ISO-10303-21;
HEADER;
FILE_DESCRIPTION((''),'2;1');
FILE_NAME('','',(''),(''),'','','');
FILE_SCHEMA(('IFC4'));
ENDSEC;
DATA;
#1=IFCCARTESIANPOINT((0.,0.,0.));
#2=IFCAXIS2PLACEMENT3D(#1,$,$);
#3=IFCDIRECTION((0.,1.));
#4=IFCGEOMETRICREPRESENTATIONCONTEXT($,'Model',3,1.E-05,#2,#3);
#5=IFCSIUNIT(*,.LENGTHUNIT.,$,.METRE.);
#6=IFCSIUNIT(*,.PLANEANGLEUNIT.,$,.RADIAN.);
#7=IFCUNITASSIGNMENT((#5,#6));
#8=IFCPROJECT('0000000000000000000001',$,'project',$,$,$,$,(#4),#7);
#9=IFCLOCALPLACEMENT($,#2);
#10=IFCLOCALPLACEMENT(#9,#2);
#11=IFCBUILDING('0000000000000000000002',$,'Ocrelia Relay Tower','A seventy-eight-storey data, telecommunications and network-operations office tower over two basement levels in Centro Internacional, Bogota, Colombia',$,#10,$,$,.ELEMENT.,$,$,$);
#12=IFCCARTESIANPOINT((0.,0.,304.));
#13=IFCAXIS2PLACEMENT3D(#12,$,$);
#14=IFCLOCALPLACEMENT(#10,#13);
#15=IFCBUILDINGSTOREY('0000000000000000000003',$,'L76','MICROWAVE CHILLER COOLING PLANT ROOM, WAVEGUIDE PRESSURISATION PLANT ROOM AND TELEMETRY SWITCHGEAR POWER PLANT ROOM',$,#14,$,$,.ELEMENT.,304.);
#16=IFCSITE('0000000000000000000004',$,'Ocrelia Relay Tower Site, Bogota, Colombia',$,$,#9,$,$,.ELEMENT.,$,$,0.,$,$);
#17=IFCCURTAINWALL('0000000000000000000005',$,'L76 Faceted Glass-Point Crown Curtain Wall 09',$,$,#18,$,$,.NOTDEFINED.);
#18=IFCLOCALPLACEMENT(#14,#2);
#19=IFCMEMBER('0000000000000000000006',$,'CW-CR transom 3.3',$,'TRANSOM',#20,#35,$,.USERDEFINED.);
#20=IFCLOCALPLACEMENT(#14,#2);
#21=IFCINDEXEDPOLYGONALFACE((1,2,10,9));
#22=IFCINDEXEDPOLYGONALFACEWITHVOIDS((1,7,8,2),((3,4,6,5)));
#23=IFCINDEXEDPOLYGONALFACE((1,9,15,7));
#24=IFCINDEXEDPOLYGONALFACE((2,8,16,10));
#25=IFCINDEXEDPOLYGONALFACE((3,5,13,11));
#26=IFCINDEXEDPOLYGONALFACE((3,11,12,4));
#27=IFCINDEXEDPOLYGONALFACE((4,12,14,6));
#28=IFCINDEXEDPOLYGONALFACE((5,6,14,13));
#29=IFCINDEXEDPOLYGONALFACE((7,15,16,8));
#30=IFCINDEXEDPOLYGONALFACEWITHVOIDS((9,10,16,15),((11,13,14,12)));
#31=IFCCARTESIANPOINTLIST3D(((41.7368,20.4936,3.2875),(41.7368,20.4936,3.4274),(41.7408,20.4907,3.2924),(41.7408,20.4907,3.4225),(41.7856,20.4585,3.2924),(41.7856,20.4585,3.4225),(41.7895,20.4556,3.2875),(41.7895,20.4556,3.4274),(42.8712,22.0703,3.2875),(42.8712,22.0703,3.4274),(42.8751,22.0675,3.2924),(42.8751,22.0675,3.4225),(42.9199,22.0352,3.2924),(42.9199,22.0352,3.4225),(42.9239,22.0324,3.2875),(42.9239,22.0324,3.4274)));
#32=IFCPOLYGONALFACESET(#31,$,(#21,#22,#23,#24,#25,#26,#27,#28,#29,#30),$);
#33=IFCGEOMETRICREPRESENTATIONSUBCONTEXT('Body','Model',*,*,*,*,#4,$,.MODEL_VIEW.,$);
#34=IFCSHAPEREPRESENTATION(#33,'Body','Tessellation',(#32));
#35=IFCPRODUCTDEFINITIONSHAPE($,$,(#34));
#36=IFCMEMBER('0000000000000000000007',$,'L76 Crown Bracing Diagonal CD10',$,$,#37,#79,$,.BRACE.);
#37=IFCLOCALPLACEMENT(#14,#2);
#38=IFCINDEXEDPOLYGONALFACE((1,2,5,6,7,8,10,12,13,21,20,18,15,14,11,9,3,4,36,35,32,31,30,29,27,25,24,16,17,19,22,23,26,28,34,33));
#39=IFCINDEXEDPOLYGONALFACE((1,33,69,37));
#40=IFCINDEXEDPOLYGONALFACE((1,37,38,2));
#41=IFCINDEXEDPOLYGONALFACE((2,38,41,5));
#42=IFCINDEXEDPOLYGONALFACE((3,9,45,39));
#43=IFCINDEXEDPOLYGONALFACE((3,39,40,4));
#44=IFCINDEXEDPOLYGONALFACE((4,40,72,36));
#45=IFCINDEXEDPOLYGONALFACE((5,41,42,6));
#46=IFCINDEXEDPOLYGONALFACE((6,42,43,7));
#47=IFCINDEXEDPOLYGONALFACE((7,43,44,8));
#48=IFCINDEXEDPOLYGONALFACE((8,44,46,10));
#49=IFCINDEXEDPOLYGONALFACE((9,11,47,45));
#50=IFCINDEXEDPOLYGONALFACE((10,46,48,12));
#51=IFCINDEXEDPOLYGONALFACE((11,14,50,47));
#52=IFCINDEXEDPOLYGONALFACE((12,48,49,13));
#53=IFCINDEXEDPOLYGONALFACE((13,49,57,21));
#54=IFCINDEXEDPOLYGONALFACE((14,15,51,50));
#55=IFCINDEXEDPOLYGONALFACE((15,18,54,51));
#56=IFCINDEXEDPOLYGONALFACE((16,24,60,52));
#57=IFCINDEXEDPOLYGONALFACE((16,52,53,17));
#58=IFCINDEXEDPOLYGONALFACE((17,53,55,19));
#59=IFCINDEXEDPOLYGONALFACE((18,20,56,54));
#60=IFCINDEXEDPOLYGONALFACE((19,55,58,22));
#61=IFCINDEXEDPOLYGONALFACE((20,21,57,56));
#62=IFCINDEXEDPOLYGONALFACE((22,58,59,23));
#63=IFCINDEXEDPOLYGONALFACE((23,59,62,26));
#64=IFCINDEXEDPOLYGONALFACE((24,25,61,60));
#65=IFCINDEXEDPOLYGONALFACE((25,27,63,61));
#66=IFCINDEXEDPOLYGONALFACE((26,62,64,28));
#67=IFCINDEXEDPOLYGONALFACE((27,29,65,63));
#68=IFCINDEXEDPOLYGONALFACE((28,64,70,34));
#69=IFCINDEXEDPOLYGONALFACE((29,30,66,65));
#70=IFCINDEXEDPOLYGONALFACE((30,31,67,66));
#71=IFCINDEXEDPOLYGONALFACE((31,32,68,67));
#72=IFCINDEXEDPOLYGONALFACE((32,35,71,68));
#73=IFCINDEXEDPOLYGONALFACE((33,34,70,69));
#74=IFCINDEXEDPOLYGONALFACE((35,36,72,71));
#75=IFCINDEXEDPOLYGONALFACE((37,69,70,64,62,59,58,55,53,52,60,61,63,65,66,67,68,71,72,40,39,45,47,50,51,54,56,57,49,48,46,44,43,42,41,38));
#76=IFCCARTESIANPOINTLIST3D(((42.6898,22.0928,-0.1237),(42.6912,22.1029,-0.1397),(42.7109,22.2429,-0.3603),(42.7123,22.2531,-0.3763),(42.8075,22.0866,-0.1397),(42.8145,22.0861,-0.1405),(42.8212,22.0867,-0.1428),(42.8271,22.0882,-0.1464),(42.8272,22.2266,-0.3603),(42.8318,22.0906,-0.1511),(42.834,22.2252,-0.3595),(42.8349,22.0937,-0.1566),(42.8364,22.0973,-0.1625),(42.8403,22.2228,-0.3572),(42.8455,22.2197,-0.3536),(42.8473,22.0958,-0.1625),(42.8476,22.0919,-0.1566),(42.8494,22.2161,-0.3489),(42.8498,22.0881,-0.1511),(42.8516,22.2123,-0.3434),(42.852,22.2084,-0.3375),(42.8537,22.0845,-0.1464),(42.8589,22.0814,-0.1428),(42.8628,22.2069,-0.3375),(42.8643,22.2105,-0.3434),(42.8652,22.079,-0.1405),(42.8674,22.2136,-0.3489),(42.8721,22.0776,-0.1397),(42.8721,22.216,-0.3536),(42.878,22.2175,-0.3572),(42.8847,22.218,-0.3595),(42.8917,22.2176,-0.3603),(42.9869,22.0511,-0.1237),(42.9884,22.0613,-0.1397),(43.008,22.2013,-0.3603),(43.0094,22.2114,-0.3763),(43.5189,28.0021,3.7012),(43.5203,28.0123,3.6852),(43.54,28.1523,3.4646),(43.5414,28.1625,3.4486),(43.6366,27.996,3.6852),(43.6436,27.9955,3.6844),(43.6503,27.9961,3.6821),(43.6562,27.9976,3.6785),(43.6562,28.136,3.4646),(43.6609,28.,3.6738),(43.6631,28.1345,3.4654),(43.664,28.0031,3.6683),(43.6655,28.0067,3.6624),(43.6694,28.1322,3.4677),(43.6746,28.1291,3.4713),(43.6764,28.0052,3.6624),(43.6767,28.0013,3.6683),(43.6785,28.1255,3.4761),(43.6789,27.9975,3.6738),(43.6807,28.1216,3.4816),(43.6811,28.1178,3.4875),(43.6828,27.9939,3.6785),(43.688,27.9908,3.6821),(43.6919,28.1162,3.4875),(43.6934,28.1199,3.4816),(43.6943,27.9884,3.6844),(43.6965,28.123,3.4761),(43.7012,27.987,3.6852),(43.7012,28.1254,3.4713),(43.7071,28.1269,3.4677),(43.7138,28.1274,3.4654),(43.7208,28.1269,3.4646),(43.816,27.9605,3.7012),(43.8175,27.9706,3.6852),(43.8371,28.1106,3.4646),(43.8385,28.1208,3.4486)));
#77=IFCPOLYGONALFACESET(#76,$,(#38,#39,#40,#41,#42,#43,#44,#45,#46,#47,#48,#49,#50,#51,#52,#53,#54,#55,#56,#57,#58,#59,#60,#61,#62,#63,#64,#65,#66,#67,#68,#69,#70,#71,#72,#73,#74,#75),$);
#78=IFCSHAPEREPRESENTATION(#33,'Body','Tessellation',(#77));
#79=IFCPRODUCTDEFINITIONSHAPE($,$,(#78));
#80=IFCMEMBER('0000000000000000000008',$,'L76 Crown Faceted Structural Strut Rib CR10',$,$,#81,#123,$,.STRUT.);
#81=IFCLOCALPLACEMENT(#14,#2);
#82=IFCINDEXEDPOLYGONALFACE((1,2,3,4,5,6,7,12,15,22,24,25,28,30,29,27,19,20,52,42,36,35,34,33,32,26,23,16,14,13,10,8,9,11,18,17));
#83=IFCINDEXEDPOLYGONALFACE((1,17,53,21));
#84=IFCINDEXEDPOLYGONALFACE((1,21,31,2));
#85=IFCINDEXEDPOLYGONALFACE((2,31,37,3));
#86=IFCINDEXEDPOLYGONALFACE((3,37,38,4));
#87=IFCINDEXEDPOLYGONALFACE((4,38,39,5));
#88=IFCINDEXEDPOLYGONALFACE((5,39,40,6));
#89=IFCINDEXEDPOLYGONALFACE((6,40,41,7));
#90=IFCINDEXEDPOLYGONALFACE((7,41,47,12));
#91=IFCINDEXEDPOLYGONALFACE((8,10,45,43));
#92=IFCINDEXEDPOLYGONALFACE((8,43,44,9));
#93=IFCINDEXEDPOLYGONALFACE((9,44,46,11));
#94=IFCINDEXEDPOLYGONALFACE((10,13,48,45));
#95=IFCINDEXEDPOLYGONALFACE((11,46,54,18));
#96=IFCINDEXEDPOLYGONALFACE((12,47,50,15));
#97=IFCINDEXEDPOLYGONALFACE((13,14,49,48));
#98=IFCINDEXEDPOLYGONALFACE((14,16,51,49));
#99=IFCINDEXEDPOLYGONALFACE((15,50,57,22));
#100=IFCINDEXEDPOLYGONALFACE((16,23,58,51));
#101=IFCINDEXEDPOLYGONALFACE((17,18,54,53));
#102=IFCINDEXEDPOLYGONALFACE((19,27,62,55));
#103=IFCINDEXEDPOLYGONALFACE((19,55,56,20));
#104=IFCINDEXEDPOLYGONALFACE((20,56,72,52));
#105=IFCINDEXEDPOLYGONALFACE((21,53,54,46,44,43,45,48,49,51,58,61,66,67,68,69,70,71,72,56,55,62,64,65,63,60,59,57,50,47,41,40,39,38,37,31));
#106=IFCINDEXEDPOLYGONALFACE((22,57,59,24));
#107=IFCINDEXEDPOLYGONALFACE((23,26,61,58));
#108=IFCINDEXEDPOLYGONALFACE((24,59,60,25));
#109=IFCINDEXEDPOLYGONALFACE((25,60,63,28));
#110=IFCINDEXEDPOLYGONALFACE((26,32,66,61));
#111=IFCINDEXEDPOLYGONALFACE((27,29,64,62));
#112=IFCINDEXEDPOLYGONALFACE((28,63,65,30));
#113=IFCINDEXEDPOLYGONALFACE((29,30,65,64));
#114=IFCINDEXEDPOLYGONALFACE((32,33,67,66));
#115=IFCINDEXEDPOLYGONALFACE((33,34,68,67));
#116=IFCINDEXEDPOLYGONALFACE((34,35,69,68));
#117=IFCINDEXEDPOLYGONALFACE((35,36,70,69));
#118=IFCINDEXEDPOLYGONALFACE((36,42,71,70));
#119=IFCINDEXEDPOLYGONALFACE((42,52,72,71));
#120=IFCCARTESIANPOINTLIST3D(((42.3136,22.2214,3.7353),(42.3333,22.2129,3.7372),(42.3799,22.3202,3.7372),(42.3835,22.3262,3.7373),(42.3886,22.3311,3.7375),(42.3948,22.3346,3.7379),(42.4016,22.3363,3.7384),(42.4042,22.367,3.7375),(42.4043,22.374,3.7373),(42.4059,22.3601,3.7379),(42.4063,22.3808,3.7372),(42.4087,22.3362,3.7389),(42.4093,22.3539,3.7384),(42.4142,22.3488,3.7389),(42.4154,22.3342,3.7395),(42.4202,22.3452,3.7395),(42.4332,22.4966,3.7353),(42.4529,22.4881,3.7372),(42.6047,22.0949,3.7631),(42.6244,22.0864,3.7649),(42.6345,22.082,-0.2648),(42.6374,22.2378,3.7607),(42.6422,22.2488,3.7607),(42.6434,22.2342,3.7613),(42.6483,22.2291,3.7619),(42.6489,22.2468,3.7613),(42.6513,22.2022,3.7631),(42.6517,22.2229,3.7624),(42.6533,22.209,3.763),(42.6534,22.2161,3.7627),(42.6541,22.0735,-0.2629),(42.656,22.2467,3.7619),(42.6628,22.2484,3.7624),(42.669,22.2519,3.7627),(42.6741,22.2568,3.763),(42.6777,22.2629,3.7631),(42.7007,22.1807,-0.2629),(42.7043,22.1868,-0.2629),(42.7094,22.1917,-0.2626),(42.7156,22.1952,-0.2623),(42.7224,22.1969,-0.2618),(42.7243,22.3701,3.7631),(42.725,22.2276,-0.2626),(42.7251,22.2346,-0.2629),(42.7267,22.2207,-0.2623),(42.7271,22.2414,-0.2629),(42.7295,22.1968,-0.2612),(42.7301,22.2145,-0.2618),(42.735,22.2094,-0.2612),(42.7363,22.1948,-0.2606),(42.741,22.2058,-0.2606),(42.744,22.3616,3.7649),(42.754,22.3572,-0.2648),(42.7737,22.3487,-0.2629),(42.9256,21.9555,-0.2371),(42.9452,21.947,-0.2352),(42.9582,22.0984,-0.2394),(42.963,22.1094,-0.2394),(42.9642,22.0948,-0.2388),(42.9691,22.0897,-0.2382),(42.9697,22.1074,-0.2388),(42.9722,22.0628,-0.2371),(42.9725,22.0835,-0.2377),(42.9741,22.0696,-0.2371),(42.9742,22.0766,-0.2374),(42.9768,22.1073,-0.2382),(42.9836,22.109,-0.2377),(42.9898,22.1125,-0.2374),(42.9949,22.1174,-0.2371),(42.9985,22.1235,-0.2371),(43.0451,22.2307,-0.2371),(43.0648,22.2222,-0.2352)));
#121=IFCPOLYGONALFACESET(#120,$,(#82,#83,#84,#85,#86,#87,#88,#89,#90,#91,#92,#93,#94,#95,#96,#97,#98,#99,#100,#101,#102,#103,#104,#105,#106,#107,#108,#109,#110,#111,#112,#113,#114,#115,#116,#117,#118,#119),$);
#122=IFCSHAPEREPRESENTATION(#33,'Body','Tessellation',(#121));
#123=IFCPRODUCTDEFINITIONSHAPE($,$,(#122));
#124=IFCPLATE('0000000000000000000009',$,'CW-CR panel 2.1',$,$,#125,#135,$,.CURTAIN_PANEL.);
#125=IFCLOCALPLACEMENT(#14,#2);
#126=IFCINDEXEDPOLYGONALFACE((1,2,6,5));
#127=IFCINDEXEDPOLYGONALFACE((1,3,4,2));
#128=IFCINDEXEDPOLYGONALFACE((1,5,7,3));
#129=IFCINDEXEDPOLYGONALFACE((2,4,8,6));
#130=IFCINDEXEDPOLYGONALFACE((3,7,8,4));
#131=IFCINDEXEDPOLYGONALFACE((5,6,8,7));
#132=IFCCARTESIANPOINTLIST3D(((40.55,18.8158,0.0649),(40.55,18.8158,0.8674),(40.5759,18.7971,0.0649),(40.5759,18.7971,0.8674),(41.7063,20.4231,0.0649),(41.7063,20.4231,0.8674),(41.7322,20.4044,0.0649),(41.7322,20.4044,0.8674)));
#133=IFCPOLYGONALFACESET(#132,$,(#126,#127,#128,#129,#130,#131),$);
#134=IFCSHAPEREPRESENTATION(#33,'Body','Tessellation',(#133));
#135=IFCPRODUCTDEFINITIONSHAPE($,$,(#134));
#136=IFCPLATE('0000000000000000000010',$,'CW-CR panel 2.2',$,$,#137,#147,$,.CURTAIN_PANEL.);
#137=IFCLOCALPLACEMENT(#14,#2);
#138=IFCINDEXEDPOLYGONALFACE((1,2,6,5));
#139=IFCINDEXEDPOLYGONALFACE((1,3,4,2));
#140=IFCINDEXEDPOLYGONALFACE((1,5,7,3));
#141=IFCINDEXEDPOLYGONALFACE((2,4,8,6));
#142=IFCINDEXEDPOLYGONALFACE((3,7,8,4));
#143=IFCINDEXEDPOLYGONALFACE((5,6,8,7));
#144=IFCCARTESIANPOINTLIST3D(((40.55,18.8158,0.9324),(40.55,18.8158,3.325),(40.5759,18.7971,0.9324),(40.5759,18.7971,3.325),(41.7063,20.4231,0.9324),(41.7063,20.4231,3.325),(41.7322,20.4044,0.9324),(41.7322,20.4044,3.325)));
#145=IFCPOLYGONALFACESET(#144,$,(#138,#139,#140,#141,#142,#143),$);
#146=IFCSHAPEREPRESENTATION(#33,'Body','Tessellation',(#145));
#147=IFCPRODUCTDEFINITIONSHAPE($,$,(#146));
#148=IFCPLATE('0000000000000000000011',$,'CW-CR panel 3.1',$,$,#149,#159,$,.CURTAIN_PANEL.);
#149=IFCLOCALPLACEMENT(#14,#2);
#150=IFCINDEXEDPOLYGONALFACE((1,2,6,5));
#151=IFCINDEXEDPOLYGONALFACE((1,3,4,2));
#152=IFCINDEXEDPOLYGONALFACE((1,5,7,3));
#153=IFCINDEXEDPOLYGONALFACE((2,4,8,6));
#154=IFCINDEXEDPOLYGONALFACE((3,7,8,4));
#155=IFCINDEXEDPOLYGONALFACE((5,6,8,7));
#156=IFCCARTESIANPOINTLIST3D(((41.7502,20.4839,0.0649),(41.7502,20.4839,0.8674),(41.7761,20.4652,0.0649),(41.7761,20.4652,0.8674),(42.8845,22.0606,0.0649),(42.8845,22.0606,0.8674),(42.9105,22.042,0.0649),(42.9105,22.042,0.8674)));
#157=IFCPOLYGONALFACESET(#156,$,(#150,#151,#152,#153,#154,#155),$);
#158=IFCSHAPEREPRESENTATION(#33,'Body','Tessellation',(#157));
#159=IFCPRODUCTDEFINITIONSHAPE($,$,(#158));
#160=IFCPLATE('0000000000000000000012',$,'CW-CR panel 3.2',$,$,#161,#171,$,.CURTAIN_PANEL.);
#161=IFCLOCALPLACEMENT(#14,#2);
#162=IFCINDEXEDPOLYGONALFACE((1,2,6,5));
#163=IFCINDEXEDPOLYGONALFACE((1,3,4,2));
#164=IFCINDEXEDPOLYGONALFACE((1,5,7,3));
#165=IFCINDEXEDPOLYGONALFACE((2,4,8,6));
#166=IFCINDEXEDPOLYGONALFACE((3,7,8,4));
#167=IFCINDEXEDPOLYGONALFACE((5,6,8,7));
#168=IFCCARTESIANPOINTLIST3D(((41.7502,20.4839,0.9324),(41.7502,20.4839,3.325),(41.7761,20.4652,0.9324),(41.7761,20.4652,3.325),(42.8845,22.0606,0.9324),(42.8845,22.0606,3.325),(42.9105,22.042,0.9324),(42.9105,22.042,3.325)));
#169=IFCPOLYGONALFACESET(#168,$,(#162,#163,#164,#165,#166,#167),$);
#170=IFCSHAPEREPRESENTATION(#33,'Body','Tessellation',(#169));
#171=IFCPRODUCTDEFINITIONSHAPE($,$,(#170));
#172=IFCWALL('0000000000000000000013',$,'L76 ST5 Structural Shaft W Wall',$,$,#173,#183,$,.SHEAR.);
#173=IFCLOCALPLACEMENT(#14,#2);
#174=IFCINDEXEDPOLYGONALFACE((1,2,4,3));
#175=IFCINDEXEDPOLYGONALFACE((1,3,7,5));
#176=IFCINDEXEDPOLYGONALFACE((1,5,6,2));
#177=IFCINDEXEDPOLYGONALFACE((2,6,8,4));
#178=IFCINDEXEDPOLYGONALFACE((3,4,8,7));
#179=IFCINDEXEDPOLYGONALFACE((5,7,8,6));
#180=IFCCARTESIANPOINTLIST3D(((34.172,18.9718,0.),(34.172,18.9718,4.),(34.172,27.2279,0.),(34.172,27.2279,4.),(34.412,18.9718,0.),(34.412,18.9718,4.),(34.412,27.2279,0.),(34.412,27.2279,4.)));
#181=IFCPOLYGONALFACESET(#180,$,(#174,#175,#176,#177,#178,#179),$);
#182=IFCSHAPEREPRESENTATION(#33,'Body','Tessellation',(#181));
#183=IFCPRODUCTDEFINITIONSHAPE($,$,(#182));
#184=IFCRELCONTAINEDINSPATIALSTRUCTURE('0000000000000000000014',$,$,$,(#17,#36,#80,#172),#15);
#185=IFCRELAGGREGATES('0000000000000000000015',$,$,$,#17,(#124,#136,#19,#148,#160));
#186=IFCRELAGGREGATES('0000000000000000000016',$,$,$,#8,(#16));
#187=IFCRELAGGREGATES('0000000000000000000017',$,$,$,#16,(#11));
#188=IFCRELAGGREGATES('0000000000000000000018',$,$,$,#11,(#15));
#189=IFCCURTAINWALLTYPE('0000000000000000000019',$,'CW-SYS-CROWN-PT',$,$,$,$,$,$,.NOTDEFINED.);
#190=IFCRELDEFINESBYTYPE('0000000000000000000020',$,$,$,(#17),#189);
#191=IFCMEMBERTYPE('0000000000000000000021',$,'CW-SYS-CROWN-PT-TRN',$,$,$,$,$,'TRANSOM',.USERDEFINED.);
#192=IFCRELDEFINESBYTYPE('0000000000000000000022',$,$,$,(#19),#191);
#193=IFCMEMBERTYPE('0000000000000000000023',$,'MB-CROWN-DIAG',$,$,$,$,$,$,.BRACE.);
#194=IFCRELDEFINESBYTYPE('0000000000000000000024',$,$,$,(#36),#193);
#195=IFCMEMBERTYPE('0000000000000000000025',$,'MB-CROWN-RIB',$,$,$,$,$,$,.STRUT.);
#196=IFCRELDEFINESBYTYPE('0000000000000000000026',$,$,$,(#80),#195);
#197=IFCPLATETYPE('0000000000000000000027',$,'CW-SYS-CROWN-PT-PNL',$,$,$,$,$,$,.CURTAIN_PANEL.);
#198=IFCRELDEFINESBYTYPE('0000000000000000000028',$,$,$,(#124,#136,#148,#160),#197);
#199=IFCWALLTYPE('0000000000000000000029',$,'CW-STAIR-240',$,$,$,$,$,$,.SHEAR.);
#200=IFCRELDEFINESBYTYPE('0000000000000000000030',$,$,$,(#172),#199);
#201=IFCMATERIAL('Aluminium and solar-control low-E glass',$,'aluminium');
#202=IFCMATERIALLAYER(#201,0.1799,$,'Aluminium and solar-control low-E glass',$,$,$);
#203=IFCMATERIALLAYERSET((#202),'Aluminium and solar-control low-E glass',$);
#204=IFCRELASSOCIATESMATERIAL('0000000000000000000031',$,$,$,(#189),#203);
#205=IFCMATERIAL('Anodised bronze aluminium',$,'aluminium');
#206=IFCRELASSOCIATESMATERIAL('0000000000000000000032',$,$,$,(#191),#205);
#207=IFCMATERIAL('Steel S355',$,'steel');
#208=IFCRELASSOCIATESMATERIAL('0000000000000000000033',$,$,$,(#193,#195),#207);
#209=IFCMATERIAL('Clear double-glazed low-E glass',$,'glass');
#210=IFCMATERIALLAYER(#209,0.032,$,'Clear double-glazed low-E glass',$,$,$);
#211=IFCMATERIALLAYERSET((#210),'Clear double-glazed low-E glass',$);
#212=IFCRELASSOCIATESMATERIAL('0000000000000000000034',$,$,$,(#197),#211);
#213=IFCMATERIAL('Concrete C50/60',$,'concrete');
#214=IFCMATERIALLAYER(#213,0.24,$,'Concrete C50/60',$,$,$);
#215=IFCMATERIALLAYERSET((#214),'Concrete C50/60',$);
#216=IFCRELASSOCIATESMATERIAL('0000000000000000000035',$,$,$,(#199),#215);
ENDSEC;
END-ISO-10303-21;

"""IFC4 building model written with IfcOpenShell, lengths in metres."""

from ifc_helpers import new_model, si_unit, direction, frame, frame_2d, origin, origin_2d, place, context, subcontext, project, spatial, rectangle, hollow_rectangle, i_section, extrude, material, layer, layer_set, material_profile, profile_set, type_object, element, aggregate, save


model = new_model("IFC4")

# Units and contexts
model_context = context("Model", 3, precision=1e-05, world=origin(), true_north=direction((0.0, 1.0)))
body_context = subcontext(model_context, "Body", "Model", "MODEL_VIEW")
ifc_project = project(units=[si_unit("LENGTHUNIT", "METRE"), si_unit("PLANEANGLEUNIT", "RADIAN")], contexts=[model_context])

# Site, building, storey
site_placement = place(None, origin())
site = spatial("IfcSite", under=ifc_project, at=site_placement, Name="Ocrelia Relay Tower Site, Bogota, Colombia", CompositionType="ELEMENT", RefElevation=0.0)
building_placement = place(site_placement, origin())
building = spatial("IfcBuilding", under=site, at=building_placement, Name="Ocrelia Relay Tower", Description="A seventy-eight-storey data, telecommunications and network-operations office tower over two basement levels in Centro Internacional, Bogota, Colombia", CompositionType="ELEMENT")
storey_placement = place(building_placement, frame((0.0, 0.0, 304.0)))
storey = spatial("IfcBuildingStorey", under=building, at=storey_placement, Name="L76", Description="MICROWAVE CHILLER COOLING PLANT ROOM, WAVEGUIDE PRESSURISATION PLANT ROOM AND TELEMETRY SWITCHGEAR POWER PLANT ROOM", CompositionType="ELEMENT", Elevation=304.0)

# Shared definitions
ifc_material_1 = material(Name="Steel S355", Category="steel")

# Curtain wall, member
ifc_material_2 = material(Name="Aluminium and solar-control low-E glass", Category="aluminium")
ifc_layer_1 = layer(ifc_material_2, 0.1799, Name="Aluminium and solar-control low-E glass")
ifc_layer_set_1 = layer_set([ifc_layer_1], Name="Aluminium and solar-control low-E glass")
curtain_wall_type = type_object("IfcCurtainWallType", Name="CW-SYS-CROWN-PT", PredefinedType="NOTDEFINED", material=ifc_layer_set_1)
curtain_wall_placement = place(storey_placement, origin())
curtain_wall = element("IfcCurtainWall", 1, at=curtain_wall_placement, inside=storey, type_object=curtain_wall_type, Name="L76 Faceted Glass-Point Crown Curtain Wall 09", PredefinedType="NOTDEFINED")
ifc_material_3 = material(Name="Anodised bronze aluminium", Category="aluminium")
ifc_material_profile_1 = material_profile(ifc_material_3, hollow_rectangle(XDim=0.0649, YDim=0.1399, WallThickness=0.0049, at=origin_2d()), Name="CW-TRN-140x65")
ifc_profile_set_1 = profile_set([ifc_material_profile_1], Name="Anodised bronze aluminium")
member_type_1 = type_object("IfcMemberType", Name="CW-SYS-CROWN-PT-TRN", ElementType="TRANSOM", PredefinedType="USERDEFINED", material=ifc_profile_set_1)
member_1_placement = place(storey_placement, frame((41.7632, 20.4746, 3.3574), z_axis=(0.583993, 0.811758, 0.0), x_axis=(-0.811758, 0.583993, 0.0)))
member_1 = element("IfcMember", 2, at=member_1_placement, type_object=member_type_1, Name="CW-CR transom 3.3", ObjectType="TRANSOM", PredefinedType="USERDEFINED", context=body_context, shape_type="SweptSolid", body=[
    extrude(hollow_rectangle(XDim=0.0649, YDim=0.1399, WallThickness=0.0049, at=origin_2d()), origin(), (0.0, 0.0, 1.0), 1.9424),
])

# Members
ifc_material_profile_2 = material_profile(ifc_material_1, i_section(OverallWidth=0.3, OverallDepth=0.3, WebThickness=0.011, FlangeThickness=0.019, FilletRadius=0.0271, at=origin_2d()), Name="HEB 300")
ifc_profile_set_2 = profile_set([ifc_material_profile_2], Name="Steel S355")
member_type_2 = type_object("IfcMemberType", Name="MB-CROWN-DIAG", PredefinedType="BRACE", material=ifc_profile_set_2)
member_2_placement = place(storey_placement, frame((42.8496, 22.1521, -0.25), z_axis=(0.116973, 0.833729, 0.539642), x_axis=(-0.990301, 0.138941, 0.0)))
element("IfcMember", 3, at=member_2_placement, inside=storey, type_object=member_type_2, Name="L76 Crown Bracing Diagonal CD10", PredefinedType="BRACE", context=body_context, shape_type="SweptSolid", body=[
    extrude(i_section(OverallWidth=0.3, OverallDepth=0.3, WebThickness=0.011, FlangeThickness=0.019, FilletRadius=0.0271, at=origin_2d()), origin(), (0.0, 0.0, 1.0), 7.0879),
])
ifc_material_profile_3 = material_profile(ifc_material_1, i_section(OverallWidth=0.3, OverallDepth=0.3401, WebThickness=0.012, FlangeThickness=0.0215, FilletRadius=0.0271, at=origin_2d()), Name="HEB 340")
ifc_profile_set_3 = profile_set([ifc_material_profile_3], Name="Steel S355")
member_type_3 = type_object("IfcMemberType", Name="MB-CROWN-RIB", PredefinedType="STRUT", material=ifc_profile_set_3)
member_3_placement = place(storey_placement, frame((42.8496, 22.1521, -0.25), z_axis=(-0.079895, 0.034719, 0.996198), x_axis=(-0.398547, -0.917148, 0.0)))
element("IfcMember", 4, at=member_3_placement, inside=storey, type_object=member_type_3, Name="L76 Crown Faceted Structural Strut Rib CR10", PredefinedType="STRUT", context=body_context, shape_type="SweptSolid", body=[
    extrude(i_section(OverallWidth=0.3, OverallDepth=0.3401, WebThickness=0.012, FlangeThickness=0.0215, FilletRadius=0.0271, at=origin_2d()), origin(), (0.0, 0.0, 1.0), 4.0154),
])

# Plates
ifc_material_4 = material(Name="Clear double-glazed low-E glass", Category="glass")
ifc_layer_2 = layer(ifc_material_4, 0.032, Name="Clear double-glazed low-E glass")
ifc_layer_set_2 = layer_set([ifc_layer_2], Name="Clear double-glazed low-E glass")
plate_type = type_object("IfcPlateType", Name="CW-SYS-CROWN-PT-PNL", PredefinedType="CURTAIN_PANEL", material=ifc_layer_set_2)
plate_1_placement = place(storey_placement, frame((41.1411, 19.6101, 0.0649), z_axis=(0.0, 0.0, 1.0), x_axis=(0.583998, 0.811755, 0.0)))
plate_1 = element("IfcPlate", 5, at=plate_1_placement, type_object=plate_type, Name="CW-CR panel 2.1", PredefinedType="CURTAIN_PANEL", context=body_context, shape_type="SweptSolid", body=[
    extrude(rectangle(XDim=1.98, YDim=0.032, at=origin_2d()), origin(), (0.0, 0.0, 1.0), 0.8025),
])
plate_2_placement = place(storey_placement, frame((41.1411, 19.6101, 0.9324), z_axis=(0.0, 0.0, 1.0), x_axis=(0.583998, 0.811755, 0.0)))
plate_2 = element("IfcPlate", 6, at=plate_2_placement, type_object=plate_type, Name="CW-CR panel 2.2", PredefinedType="CURTAIN_PANEL", context=body_context, shape_type="SweptSolid", body=[
    extrude(rectangle(XDim=1.98, YDim=0.032, at=origin_2d()), origin(), (0.0, 0.0, 1.0), 2.3926),
])
plate_3_placement = place(storey_placement, frame((42.3303, 21.2629, 0.0649), z_axis=(0.0, 0.0, 1.0), x_axis=(0.583998, 0.811755, 0.0)))
plate_3 = element("IfcPlate", 7, at=plate_3_placement, type_object=plate_type, Name="CW-CR panel 3.1", PredefinedType="CURTAIN_PANEL", context=body_context, shape_type="SweptSolid", body=[
    extrude(rectangle(XDim=1.9424, YDim=0.032, at=origin_2d()), origin(), (0.0, 0.0, 1.0), 0.8025),
])
plate_4_placement = place(storey_placement, frame((42.3303, 21.2629, 0.9324), z_axis=(0.0, 0.0, 1.0), x_axis=(0.583998, 0.811755, 0.0)))
plate_4 = element("IfcPlate", 8, at=plate_4_placement, type_object=plate_type, Name="CW-CR panel 3.2", PredefinedType="CURTAIN_PANEL", context=body_context, shape_type="SweptSolid", body=[
    extrude(rectangle(XDim=1.9424, YDim=0.032, at=origin_2d()), origin(), (0.0, 0.0, 1.0), 2.3926),
])
aggregate(curtain_wall, [plate_1, plate_2, member_1, plate_3, plate_4])

# Shared definitions
ifc_material_5 = material(Name="Concrete C50/60", Category="concrete")
ifc_layer_3 = layer(ifc_material_5, 0.24, Name="Concrete C50/60")
ifc_layer_set_3 = layer_set([ifc_layer_3], Name="Concrete C50/60")
wall_type_1 = type_object("IfcWallType", Name="CW-STAIR-240", PredefinedType="SHEAR", material=ifc_layer_set_3)

# Wall
for number, where, z_axis, x_axis, name in (
    (9, (34.292, 18.9719, 0.0), (0.0, 0.0, 1.0), (0.0, 1.0, 0.0), "L76 ST5 Structural Shaft W Wall"),
):
    element("IfcWall", number, at=place(storey_placement, frame(where, z_axis=z_axis, x_axis=x_axis)), inside=storey, type_object=wall_type_1, Name=name, PredefinedType="SHEAR", context=body_context, shape_type="SweptSolid", body=[
        extrude(rectangle(XDim=8.2561, YDim=0.24, at=frame_2d((4.1279, 0.0))), origin(), (0.0, 0.0, 1.0), 4.0),
    ])

save(model, "model.ifc")
